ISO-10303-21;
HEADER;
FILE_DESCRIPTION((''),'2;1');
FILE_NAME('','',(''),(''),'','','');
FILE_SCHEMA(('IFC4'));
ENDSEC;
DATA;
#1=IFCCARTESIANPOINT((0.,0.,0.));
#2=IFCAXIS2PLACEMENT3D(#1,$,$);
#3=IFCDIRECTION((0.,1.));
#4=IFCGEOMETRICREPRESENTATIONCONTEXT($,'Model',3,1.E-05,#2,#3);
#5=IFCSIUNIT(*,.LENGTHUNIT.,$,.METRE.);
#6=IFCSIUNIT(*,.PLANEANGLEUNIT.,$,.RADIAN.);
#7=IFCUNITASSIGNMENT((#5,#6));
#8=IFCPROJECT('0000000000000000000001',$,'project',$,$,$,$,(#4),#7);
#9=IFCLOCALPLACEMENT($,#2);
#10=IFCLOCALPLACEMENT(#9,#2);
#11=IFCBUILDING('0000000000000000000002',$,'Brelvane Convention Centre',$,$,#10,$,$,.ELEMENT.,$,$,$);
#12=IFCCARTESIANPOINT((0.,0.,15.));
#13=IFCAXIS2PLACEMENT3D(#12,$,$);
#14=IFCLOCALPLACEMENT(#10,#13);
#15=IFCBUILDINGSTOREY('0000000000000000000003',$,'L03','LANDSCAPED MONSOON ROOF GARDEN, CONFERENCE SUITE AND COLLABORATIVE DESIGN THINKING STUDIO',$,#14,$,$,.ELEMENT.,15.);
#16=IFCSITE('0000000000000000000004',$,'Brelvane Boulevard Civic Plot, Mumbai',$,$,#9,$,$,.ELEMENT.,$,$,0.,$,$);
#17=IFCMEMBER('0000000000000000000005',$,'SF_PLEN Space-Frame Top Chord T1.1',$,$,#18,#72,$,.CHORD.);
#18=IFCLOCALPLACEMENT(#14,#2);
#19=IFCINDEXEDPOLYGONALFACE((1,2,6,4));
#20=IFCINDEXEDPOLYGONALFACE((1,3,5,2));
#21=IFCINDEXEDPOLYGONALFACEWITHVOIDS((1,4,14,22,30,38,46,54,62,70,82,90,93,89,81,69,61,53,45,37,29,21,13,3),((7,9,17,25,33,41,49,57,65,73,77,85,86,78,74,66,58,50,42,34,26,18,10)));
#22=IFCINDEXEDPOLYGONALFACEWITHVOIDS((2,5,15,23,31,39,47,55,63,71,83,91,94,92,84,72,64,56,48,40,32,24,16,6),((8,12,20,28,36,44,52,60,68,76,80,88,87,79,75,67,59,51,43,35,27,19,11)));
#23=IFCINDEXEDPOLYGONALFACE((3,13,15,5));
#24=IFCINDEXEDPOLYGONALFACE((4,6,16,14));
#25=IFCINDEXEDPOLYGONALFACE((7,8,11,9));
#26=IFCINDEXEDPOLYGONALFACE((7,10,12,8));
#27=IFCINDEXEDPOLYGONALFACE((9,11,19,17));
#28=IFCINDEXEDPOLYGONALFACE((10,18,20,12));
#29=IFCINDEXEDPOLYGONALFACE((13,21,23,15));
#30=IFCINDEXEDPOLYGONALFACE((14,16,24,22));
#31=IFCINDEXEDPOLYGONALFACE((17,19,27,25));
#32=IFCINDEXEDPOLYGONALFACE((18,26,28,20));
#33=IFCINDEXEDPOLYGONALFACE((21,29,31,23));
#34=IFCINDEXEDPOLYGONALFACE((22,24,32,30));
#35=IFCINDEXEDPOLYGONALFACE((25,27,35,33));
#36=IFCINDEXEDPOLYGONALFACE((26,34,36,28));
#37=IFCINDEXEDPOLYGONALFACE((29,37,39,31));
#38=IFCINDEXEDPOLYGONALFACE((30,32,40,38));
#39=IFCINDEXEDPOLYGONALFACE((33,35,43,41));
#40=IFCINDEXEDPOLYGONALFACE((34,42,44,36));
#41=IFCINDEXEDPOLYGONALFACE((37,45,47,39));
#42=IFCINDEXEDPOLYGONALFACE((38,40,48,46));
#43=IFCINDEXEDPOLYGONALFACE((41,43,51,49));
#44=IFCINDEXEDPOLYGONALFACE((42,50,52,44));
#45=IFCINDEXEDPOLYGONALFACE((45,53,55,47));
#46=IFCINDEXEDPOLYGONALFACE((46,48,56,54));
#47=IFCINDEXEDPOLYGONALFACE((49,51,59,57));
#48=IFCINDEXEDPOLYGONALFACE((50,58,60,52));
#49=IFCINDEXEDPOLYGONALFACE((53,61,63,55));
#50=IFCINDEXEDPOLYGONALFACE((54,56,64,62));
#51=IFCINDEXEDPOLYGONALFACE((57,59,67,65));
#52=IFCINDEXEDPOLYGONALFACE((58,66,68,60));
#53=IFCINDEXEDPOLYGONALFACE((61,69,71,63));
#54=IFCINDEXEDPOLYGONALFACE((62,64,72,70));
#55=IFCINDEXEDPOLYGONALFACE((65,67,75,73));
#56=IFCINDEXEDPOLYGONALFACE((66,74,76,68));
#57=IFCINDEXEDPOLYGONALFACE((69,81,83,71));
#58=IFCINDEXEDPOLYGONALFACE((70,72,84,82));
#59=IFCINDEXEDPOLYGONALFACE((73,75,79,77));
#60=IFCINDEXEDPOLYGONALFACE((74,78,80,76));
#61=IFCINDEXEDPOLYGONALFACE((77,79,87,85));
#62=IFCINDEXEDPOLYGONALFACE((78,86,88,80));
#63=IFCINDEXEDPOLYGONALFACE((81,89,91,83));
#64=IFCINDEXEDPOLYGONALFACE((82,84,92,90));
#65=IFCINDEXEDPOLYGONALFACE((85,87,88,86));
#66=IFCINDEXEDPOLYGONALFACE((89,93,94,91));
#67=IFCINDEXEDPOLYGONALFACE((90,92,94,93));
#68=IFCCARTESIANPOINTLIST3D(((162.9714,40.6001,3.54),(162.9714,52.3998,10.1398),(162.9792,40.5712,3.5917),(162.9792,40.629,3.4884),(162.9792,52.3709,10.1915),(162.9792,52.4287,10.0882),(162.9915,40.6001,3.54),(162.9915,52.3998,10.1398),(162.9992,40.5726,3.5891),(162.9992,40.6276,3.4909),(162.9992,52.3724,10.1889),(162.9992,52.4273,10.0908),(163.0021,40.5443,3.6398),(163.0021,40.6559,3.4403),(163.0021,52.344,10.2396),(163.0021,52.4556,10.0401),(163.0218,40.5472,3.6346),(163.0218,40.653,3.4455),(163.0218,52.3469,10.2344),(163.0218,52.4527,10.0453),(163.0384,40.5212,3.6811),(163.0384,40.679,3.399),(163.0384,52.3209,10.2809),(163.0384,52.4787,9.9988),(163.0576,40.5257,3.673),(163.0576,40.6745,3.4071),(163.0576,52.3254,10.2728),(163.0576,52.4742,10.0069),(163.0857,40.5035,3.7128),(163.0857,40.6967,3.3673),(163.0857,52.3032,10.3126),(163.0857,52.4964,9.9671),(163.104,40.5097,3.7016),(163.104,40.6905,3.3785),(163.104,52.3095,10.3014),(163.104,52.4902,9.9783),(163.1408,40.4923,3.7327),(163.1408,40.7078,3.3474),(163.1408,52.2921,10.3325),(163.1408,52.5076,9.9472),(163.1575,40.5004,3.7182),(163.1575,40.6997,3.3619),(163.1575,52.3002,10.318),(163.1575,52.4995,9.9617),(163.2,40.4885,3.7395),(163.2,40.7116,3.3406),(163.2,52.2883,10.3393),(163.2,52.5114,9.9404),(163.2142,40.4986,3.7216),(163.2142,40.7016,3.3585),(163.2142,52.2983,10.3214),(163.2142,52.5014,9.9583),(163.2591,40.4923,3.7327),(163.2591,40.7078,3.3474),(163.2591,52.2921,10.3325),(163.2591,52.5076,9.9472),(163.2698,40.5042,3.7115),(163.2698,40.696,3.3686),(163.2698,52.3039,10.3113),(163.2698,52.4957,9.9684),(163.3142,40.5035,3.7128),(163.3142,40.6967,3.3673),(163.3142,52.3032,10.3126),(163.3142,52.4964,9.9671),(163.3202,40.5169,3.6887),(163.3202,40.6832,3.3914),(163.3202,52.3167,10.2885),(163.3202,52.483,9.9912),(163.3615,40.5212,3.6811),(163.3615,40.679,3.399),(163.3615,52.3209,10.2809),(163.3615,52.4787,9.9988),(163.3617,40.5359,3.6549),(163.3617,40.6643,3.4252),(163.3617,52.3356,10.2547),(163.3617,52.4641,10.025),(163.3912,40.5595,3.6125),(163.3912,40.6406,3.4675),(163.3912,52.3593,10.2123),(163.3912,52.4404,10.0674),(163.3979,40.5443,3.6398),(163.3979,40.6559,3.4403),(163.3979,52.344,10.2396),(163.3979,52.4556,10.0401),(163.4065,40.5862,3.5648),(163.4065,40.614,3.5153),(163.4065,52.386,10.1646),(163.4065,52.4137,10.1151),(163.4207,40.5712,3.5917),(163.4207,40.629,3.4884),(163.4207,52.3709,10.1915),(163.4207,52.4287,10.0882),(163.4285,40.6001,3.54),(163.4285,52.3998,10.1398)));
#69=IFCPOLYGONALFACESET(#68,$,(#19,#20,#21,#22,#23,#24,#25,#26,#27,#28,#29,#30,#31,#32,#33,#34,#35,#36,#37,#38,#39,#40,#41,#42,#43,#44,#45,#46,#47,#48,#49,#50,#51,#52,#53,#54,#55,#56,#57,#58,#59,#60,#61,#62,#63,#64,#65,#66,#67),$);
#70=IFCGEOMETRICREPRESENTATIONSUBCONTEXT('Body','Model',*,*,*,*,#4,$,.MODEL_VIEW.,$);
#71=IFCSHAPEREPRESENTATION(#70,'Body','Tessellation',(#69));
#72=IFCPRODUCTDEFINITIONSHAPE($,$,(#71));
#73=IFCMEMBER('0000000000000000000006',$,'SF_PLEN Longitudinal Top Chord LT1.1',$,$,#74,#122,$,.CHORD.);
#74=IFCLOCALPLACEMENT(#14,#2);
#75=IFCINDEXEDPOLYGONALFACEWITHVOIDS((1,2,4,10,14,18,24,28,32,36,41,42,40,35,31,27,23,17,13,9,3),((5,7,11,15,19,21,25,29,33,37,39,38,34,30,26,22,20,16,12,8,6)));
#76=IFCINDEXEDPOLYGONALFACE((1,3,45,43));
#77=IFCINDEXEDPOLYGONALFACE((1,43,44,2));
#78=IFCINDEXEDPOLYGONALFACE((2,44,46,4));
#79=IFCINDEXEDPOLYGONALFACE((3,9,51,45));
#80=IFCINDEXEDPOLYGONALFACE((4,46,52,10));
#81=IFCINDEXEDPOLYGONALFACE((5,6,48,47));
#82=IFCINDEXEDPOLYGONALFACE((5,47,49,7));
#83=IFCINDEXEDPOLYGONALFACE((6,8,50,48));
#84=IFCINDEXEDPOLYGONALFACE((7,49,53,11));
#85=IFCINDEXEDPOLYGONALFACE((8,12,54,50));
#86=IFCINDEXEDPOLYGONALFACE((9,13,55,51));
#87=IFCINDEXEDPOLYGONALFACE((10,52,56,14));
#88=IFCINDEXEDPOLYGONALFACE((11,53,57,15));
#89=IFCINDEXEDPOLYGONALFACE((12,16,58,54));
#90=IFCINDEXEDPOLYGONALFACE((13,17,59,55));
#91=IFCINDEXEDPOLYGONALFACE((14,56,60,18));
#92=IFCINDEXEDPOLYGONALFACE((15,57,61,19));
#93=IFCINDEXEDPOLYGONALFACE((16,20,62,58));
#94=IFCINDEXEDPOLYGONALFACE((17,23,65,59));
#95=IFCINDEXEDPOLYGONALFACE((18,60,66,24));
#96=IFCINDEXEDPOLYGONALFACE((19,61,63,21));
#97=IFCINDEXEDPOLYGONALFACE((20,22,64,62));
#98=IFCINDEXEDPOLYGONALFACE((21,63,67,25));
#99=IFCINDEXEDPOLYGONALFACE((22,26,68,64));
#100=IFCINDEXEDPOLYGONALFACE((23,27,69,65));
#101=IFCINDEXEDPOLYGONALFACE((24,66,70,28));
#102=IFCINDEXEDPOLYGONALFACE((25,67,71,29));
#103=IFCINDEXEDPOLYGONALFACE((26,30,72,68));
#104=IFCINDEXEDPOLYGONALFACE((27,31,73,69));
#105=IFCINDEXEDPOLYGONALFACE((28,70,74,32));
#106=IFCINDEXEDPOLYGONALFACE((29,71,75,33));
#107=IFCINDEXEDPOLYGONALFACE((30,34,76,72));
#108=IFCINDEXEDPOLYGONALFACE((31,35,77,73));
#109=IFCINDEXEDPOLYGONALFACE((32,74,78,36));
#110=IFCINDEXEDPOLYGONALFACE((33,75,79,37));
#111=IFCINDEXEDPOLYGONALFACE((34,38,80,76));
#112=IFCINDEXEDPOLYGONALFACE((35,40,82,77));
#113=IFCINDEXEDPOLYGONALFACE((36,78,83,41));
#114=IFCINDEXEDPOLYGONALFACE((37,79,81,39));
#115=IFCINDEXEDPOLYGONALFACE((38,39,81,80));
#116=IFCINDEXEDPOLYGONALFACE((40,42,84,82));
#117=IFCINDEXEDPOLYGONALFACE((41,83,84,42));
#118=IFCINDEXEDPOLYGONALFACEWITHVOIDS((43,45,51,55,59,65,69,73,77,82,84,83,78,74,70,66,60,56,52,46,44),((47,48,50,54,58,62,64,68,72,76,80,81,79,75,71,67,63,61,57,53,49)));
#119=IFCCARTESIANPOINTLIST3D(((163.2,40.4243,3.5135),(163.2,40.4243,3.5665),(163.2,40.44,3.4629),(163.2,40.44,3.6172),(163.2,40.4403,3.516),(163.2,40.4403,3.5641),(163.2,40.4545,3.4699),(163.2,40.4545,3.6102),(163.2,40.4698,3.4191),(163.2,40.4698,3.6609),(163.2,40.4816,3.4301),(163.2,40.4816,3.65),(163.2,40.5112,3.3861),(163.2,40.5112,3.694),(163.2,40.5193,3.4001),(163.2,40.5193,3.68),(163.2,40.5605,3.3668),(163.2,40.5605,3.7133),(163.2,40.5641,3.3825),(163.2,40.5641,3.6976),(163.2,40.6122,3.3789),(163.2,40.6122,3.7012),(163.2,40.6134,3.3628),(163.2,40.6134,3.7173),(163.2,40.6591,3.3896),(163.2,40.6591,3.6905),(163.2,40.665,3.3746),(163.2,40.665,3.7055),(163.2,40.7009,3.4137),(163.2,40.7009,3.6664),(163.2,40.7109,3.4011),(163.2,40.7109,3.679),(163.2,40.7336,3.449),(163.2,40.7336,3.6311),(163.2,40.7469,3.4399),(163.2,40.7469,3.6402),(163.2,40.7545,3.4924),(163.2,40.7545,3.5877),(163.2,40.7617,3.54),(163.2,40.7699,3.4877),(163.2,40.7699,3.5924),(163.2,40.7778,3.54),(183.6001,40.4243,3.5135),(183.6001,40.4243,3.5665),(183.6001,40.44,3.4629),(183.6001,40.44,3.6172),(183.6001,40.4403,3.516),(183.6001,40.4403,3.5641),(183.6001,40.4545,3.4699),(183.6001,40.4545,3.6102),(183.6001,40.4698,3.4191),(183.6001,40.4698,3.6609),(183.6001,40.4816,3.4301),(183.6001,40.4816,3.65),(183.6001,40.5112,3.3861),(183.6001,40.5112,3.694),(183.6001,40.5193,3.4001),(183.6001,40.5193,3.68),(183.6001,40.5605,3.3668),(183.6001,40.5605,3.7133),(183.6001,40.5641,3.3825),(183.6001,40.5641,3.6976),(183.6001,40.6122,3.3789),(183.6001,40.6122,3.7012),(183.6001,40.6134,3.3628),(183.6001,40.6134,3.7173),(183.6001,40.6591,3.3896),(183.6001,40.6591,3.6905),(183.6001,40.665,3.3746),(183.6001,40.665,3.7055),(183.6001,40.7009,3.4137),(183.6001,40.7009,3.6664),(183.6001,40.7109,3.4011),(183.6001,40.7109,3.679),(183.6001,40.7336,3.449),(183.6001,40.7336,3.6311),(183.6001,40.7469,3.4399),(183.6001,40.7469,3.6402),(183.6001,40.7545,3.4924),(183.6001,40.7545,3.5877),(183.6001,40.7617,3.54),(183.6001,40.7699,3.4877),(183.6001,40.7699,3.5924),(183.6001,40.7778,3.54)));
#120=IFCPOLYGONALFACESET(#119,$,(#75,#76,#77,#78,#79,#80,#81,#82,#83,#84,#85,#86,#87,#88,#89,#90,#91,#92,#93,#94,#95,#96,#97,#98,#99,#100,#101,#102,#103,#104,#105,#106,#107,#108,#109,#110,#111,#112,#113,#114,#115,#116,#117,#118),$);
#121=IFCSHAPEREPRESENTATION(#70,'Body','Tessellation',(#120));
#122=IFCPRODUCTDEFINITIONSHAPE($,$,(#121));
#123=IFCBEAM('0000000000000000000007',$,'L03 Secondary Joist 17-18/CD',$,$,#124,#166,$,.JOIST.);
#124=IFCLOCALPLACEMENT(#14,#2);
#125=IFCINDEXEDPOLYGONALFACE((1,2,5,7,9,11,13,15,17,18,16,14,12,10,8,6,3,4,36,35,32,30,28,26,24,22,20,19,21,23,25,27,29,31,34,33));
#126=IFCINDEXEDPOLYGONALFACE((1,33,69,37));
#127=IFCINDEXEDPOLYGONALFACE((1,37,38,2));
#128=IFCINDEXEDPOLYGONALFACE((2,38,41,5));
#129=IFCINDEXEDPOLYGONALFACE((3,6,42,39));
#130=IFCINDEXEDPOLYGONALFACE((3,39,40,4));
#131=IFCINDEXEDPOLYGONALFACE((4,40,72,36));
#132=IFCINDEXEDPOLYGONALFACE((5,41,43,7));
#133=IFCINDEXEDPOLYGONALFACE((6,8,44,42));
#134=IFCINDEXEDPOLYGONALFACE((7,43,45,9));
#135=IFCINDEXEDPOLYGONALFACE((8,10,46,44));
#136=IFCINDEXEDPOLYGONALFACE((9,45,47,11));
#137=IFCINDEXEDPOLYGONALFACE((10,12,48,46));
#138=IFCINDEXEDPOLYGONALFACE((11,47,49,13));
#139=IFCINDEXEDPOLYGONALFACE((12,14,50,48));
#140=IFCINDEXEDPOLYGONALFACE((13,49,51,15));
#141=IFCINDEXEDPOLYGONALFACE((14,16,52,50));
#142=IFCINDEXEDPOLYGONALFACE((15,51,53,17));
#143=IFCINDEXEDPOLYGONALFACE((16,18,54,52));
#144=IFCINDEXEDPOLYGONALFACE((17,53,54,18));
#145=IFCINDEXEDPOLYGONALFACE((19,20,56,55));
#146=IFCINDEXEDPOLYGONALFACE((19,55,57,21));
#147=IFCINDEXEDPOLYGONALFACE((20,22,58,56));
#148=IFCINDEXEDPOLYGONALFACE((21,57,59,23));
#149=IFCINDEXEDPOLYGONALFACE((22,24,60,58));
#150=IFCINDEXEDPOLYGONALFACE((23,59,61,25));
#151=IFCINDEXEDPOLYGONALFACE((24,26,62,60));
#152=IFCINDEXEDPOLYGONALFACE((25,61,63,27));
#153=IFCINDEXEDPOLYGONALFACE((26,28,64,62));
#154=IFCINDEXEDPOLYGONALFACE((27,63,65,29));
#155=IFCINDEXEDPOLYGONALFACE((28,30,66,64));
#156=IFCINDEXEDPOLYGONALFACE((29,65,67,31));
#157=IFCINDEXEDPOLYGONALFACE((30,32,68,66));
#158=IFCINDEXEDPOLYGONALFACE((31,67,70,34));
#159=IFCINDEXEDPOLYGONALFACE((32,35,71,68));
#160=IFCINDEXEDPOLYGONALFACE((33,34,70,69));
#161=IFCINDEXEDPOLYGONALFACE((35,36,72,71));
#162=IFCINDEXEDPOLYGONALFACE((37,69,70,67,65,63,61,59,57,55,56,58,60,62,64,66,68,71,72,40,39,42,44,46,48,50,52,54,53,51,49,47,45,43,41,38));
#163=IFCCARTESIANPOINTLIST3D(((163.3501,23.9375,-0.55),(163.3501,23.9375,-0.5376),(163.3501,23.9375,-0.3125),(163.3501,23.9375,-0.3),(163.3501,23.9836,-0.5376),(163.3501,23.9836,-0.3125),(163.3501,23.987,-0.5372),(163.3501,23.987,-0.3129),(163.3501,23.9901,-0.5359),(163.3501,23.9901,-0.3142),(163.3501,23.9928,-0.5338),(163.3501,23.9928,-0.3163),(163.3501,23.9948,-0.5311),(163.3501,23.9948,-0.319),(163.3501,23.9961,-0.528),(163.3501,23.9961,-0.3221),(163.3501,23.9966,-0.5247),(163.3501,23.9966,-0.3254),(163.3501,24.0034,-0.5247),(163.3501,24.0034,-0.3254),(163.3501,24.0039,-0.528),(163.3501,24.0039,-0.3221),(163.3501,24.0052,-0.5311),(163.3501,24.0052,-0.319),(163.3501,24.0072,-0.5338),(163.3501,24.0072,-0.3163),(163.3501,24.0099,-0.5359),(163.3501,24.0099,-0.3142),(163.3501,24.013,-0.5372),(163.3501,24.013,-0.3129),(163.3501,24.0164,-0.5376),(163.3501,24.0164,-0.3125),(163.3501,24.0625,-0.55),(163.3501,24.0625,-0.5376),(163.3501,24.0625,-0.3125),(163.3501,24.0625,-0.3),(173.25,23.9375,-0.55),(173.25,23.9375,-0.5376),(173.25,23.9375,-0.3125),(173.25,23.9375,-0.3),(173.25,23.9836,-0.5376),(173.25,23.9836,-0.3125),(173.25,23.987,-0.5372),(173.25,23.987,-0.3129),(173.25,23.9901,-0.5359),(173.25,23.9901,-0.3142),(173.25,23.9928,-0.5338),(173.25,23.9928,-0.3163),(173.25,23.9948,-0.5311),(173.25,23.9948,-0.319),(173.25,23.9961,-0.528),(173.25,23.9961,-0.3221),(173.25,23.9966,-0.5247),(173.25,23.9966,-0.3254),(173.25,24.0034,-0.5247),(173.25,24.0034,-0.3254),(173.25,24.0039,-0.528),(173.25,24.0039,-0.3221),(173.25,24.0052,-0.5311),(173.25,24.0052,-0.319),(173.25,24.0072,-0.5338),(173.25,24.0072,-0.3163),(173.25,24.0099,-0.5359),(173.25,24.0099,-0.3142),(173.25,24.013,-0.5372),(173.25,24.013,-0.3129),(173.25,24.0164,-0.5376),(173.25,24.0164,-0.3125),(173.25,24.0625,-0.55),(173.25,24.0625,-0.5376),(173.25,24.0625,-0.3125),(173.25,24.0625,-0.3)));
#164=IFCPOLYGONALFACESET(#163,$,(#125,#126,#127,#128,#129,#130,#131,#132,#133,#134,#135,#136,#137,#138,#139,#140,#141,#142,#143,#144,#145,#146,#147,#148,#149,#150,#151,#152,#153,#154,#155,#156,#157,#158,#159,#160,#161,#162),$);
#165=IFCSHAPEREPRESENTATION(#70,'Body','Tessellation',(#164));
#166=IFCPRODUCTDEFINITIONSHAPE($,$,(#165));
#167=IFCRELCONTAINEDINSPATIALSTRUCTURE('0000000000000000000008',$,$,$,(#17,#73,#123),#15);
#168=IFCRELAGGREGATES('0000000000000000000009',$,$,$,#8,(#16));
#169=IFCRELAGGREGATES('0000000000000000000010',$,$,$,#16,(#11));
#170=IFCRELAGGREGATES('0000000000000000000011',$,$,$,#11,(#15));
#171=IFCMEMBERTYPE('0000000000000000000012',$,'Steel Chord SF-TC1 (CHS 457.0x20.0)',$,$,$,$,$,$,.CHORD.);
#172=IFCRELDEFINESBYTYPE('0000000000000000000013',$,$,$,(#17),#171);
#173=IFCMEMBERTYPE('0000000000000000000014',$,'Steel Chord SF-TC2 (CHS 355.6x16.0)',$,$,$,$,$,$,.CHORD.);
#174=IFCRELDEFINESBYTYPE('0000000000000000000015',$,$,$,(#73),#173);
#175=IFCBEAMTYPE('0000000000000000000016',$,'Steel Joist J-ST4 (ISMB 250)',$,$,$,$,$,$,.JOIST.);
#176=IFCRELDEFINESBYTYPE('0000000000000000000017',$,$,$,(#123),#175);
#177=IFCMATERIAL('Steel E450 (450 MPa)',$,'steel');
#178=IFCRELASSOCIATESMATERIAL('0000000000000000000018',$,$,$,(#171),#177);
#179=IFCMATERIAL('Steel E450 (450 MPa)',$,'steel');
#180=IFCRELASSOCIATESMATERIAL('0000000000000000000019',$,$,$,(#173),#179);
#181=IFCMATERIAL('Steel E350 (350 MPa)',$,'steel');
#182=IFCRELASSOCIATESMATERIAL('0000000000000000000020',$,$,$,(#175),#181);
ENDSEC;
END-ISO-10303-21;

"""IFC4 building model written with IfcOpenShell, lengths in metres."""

from ifc_helpers import new_model, si_unit, direction, frame, origin, origin_2d, place, context, subcontext, project, spatial, hollow_circle, i_section, extrude, material, material_profile, profile_set, type_object, element, save


model = new_model("IFC4")

# Units and contexts
model_context = context("Model", 3, precision=1e-05, world=origin(), true_north=direction((0.0, 1.0)))
body_context = subcontext(model_context, "Body", "Model", "MODEL_VIEW")
ifc_project = project(units=[si_unit("LENGTHUNIT", "METRE"), si_unit("PLANEANGLEUNIT", "RADIAN")], contexts=[model_context])

# Site, building, storey
site_placement = place(None, origin())
site = spatial("IfcSite", under=ifc_project, at=site_placement, Name="Brelvane Boulevard Civic Plot, Mumbai", CompositionType="ELEMENT", RefElevation=0.0)
building_placement = place(site_placement, origin())
building = spatial("IfcBuilding", under=site, at=building_placement, Name="Brelvane Convention Centre", CompositionType="ELEMENT")
storey_placement = place(building_placement, frame((0.0, 0.0, 15.0)))
storey = spatial("IfcBuildingStorey", under=building, at=storey_placement, Name="L03", Description="LANDSCAPED MONSOON ROOF GARDEN, CONFERENCE SUITE AND COLLABORATIVE DESIGN THINKING STUDIO", CompositionType="ELEMENT", Elevation=15.0)

# Members
ifc_material_1 = material(Name="Steel E450 (450 MPa)", Category="steel")
ifc_material_profile_1 = material_profile(ifc_material_1, hollow_circle(Radius=0.2285, WallThickness=0.02, at=origin_2d()), Name="CHS 457.0x20.0")
ifc_profile_set_1 = profile_set([ifc_material_profile_1], Name="Steel E450 (450 MPa)")
member_type_1 = type_object("IfcMemberType", Name="Steel Chord SF-TC1 (CHS 457.0x20.0)", PredefinedType="CHORD", material=ifc_profile_set_1)
member_1_placement = place(storey_placement, frame((163.2, 40.6001, 3.54), z_axis=(0.0, 0.872759, 0.488151), x_axis=(-1.0, 0.0, 0.0)))
element("IfcMember", 1, at=member_1_placement, inside=storey, type_object=member_type_1, Name="SF_PLEN Space-Frame Top Chord T1.1", PredefinedType="CHORD", context=body_context, shape_type="SweptSolid", body=[
    extrude(hollow_circle(Radius=0.2285, WallThickness=0.02, at=origin_2d()), origin(), (0.0, 0.0, 1.0), 13.52),
])
ifc_material_2 = material(Name="Steel E450 (450 MPa)", Category="steel")
ifc_material_profile_2 = material_profile(ifc_material_2, hollow_circle(Radius=0.1777, WallThickness=0.0161, at=origin_2d()), Name="CHS 355.6x16.0")
ifc_profile_set_2 = profile_set([ifc_material_profile_2], Name="Steel E450 (450 MPa)")
member_type_2 = type_object("IfcMemberType", Name="Steel Chord SF-TC2 (CHS 355.6x16.0)", PredefinedType="CHORD", material=ifc_profile_set_2)
member_2_placement = place(storey_placement, frame((163.2, 40.6001, 3.54), z_axis=(1.0, 0.0, 0.0), x_axis=(0.0, 1.0, 0.0)))
element("IfcMember", 2, at=member_2_placement, inside=storey, type_object=member_type_2, Name="SF_PLEN Longitudinal Top Chord LT1.1", PredefinedType="CHORD", context=body_context, shape_type="SweptSolid", body=[
    extrude(hollow_circle(Radius=0.1777, WallThickness=0.0161, at=origin_2d()), origin(), (0.0, 0.0, 1.0), 20.4001),
])

# Beam
ifc_material_3 = material(Name="Steel E350 (350 MPa)", Category="steel")
ifc_material_profile_3 = material_profile(ifc_material_3, i_section(OverallWidth=0.125, OverallDepth=0.25, WebThickness=0.0068, FlangeThickness=0.0125, FilletRadius=0.0129, at=origin_2d()), Name="ISMB 250")
ifc_profile_set_3 = profile_set([ifc_material_profile_3], Name="Steel E350 (350 MPa)")
beam_type_1 = type_object("IfcBeamType", Name="Steel Joist J-ST4 (ISMB 250)", PredefinedType="JOIST", material=ifc_profile_set_3)
beam_1_placement = place(storey_placement, frame((163.3501, 24.0, -0.425), z_axis=(1.0, 0.0, 0.0), x_axis=(0.0, 1.0, 0.0)))
element("IfcBeam", 3, at=beam_1_placement, inside=storey, type_object=beam_type_1, Name="L03 Secondary Joist 17-18/CD", PredefinedType="JOIST", context=body_context, shape_type="SweptSolid", body=[
    extrude(i_section(OverallWidth=0.125, OverallDepth=0.25, WebThickness=0.0068, FlangeThickness=0.0125, FilletRadius=0.0129, at=origin_2d()), origin(), (0.0, 0.0, 1.0), 9.8999),
])

save(model, "model.ifc")
